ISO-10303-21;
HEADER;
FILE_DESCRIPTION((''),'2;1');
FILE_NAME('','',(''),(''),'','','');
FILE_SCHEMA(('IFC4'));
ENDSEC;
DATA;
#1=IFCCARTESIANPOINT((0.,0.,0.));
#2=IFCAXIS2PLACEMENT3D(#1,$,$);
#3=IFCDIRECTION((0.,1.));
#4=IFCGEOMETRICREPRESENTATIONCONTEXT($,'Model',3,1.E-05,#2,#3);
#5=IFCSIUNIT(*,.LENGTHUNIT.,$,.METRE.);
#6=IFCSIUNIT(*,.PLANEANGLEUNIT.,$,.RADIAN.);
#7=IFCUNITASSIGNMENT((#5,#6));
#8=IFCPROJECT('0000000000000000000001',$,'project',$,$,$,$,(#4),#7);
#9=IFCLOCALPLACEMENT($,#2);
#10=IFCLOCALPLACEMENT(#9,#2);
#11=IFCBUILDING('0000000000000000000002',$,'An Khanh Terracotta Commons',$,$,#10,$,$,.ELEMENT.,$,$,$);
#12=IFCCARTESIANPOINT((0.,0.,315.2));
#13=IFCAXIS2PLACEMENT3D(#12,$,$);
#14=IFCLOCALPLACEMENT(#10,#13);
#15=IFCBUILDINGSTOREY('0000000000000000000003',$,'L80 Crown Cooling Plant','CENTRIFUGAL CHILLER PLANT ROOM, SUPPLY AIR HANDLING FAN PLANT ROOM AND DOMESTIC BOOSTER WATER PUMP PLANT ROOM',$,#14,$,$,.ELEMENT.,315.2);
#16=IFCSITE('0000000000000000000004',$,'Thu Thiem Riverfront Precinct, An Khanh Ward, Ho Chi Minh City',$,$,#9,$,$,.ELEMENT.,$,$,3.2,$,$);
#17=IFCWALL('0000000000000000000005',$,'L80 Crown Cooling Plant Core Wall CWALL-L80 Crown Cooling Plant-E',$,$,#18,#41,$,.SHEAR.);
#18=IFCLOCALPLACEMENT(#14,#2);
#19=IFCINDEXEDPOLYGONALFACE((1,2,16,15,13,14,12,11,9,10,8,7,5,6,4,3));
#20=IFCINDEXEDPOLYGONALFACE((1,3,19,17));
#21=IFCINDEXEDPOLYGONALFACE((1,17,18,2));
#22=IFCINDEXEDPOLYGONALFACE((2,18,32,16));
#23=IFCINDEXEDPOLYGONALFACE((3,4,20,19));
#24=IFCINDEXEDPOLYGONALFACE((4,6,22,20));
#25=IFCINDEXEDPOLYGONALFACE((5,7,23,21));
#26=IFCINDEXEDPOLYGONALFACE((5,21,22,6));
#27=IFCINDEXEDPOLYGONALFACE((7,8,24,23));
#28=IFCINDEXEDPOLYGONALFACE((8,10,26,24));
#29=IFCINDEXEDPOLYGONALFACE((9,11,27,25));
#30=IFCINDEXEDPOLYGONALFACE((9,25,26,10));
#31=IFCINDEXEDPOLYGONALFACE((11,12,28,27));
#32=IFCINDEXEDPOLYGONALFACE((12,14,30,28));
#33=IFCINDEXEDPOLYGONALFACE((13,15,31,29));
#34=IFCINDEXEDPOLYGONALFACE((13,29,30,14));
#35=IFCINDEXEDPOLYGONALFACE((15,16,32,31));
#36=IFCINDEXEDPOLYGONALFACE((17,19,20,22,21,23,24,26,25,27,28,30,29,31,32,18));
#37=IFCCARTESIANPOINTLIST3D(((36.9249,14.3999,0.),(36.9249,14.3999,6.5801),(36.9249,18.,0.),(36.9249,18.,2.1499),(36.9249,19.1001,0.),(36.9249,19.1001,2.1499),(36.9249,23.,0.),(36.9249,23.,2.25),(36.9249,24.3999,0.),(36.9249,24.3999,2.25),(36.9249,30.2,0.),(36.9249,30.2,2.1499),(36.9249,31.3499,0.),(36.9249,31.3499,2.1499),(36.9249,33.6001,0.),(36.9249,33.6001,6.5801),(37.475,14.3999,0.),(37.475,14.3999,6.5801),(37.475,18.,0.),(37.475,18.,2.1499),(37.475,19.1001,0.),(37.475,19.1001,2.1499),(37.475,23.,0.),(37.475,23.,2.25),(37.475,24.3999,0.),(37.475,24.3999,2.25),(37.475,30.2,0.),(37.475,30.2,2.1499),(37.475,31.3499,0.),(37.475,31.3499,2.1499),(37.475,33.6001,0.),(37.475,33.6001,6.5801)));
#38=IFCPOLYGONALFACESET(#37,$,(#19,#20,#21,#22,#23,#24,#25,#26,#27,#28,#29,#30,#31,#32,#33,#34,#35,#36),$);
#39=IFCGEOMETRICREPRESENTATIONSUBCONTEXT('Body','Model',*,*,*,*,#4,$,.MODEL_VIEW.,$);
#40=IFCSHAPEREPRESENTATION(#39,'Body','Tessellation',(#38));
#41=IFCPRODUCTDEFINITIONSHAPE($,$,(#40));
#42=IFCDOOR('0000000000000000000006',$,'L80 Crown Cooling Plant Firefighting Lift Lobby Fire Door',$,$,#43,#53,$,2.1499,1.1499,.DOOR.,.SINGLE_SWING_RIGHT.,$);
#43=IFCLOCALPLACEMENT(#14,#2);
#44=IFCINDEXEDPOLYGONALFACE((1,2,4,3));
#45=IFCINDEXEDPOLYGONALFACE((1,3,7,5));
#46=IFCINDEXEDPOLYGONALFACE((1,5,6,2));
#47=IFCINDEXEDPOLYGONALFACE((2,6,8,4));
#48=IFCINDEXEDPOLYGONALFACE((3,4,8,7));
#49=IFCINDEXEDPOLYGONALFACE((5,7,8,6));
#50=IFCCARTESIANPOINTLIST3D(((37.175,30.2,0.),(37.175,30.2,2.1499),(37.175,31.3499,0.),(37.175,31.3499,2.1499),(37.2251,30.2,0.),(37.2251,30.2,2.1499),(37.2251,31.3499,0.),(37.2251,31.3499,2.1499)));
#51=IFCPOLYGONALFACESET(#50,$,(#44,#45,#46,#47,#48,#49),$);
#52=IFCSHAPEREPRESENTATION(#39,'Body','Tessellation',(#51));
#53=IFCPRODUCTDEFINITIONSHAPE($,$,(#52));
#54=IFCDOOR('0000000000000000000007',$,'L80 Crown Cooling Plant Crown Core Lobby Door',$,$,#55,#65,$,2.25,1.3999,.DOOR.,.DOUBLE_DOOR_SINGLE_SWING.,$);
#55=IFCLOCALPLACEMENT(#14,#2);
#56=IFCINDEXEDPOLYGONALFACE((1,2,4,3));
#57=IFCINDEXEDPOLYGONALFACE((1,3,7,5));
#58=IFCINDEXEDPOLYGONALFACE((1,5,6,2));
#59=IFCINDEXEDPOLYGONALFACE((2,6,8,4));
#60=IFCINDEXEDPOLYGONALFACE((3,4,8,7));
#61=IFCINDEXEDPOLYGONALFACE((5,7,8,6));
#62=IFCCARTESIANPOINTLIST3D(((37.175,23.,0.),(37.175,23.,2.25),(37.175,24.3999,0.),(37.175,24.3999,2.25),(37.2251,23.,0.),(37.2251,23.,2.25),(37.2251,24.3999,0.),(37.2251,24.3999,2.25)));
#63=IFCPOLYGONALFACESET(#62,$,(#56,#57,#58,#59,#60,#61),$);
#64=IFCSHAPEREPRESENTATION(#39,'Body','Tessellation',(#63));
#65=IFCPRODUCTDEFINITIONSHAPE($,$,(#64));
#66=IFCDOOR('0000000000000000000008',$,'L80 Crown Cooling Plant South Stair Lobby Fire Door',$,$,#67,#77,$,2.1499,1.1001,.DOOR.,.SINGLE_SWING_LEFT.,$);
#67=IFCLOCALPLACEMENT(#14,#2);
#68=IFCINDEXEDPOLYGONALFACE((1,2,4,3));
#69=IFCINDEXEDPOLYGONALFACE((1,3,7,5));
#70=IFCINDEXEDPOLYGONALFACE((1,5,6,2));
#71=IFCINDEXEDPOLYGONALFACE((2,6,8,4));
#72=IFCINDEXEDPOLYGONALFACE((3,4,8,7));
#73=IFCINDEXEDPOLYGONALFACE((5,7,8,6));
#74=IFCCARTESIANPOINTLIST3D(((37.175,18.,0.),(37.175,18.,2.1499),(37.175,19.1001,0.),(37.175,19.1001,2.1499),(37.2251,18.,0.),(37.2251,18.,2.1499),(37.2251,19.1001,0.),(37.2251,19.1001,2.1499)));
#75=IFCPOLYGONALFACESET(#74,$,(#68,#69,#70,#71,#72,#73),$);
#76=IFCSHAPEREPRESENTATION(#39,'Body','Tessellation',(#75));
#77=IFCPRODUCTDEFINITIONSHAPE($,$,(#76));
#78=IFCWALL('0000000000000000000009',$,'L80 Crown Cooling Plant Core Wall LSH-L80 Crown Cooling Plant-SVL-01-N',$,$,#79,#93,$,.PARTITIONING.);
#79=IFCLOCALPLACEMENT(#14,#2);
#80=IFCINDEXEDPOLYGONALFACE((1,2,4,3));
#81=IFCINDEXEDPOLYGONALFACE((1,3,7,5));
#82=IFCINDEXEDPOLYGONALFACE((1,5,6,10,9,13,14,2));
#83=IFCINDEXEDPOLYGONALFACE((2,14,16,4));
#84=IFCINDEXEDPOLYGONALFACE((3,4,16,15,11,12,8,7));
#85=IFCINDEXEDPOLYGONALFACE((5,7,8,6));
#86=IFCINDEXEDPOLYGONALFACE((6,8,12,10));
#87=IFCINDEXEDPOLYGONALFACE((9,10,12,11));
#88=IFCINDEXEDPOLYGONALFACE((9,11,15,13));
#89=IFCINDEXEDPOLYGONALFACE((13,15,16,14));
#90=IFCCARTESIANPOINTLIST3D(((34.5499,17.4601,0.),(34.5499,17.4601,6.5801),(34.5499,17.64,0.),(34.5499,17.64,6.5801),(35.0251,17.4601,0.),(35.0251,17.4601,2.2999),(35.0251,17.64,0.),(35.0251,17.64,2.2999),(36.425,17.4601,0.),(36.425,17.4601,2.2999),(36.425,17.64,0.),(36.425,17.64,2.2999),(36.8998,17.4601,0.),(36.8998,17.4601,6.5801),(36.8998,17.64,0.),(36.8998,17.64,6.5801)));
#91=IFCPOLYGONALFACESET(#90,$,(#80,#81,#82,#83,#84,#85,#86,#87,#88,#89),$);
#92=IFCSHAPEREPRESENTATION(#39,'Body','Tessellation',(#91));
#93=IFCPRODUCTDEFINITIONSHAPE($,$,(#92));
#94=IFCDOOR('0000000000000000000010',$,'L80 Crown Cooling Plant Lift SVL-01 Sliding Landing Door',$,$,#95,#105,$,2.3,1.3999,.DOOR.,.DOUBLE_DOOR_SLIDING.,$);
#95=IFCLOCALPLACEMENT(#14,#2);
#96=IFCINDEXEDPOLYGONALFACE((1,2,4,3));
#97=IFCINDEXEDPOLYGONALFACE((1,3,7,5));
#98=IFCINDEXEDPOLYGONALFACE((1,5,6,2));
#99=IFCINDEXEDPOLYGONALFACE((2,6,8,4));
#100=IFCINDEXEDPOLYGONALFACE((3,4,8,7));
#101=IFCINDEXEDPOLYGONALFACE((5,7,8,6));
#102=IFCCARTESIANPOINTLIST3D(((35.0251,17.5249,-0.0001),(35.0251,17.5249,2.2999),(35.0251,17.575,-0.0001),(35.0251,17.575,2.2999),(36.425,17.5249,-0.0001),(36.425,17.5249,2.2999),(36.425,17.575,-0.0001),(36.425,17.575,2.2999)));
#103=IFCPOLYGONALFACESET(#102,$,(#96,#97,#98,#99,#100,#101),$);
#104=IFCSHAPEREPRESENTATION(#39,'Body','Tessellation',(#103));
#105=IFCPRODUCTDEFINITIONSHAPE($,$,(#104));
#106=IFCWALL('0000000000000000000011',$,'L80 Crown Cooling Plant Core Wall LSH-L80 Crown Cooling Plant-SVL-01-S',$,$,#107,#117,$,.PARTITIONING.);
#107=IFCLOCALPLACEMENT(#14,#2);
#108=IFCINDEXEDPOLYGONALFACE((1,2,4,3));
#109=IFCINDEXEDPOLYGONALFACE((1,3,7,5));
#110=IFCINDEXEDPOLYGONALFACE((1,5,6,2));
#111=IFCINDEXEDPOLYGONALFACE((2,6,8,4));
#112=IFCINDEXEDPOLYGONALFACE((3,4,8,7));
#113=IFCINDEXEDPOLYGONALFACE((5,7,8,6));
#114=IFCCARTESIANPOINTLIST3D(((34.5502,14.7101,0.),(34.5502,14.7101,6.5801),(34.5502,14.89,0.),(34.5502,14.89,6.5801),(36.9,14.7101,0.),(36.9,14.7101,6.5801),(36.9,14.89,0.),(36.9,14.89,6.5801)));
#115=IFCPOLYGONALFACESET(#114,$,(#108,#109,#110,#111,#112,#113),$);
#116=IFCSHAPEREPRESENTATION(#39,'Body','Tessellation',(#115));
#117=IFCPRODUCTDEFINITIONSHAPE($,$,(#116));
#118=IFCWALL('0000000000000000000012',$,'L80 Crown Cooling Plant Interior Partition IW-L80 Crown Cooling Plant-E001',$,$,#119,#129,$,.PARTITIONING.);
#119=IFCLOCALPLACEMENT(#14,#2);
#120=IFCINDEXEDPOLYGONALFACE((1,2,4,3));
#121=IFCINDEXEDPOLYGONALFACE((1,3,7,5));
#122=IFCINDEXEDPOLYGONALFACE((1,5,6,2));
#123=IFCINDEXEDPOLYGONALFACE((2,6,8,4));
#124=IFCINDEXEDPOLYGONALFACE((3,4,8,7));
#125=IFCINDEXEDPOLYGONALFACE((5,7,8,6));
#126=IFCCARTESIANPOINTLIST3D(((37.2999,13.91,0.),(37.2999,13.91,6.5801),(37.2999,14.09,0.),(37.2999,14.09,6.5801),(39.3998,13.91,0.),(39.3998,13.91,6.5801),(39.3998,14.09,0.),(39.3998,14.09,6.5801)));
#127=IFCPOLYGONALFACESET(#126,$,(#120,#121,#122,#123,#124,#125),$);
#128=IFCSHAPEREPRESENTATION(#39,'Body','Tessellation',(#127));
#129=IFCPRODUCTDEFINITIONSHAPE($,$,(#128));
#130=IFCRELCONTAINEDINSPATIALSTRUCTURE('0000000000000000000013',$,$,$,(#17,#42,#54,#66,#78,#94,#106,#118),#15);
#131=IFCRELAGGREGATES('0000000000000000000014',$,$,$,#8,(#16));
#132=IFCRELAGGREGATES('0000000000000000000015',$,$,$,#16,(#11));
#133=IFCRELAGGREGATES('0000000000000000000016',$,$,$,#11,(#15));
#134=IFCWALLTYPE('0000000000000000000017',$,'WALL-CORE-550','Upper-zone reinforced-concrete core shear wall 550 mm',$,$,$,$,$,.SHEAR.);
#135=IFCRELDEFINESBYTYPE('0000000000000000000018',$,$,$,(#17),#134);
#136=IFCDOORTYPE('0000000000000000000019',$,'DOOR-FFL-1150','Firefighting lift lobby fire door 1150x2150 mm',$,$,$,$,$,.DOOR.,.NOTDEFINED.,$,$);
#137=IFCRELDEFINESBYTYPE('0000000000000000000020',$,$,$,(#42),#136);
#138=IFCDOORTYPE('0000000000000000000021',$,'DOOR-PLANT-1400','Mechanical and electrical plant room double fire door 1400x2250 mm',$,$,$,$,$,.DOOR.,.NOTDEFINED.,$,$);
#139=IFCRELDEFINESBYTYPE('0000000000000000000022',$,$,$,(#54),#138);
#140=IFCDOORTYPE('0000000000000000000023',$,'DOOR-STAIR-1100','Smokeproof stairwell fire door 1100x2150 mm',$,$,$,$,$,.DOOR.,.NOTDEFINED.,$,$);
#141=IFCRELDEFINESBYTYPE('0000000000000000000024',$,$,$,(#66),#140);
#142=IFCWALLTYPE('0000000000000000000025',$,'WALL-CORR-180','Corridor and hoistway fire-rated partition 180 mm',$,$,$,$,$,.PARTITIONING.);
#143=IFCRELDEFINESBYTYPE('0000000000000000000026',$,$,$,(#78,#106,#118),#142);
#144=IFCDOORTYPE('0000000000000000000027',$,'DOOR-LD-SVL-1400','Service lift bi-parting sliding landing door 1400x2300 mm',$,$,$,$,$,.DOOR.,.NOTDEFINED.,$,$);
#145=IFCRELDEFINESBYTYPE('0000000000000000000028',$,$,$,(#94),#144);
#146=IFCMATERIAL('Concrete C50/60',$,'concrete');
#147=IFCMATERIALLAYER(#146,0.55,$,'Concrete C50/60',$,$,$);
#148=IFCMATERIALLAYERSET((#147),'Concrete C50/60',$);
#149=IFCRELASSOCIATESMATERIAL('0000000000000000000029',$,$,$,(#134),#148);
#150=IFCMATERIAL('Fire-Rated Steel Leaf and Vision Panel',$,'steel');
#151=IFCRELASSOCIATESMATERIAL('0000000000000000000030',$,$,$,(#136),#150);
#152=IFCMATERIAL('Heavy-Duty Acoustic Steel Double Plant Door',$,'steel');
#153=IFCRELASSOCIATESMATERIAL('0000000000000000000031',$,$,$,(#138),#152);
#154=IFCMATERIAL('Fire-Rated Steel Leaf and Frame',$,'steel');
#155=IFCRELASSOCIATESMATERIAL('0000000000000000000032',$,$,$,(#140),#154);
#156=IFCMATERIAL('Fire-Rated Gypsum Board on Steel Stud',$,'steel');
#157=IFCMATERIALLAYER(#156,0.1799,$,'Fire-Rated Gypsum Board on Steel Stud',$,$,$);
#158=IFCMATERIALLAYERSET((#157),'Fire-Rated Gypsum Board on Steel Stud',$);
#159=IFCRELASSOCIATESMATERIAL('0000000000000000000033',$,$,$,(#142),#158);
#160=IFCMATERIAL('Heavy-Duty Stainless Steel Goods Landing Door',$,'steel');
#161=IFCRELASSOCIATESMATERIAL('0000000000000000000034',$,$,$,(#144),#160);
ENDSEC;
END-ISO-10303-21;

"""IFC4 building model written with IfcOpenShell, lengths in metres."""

from ifc_helpers import new_model, si_unit, direction, frame, frame_2d, origin, place, context, subcontext, project, spatial, rectangle, extrude, material, layer, layer_set, type_object, element, fill, save


model = new_model("IFC4")

# Units and contexts
model_context = context("Model", 3, precision=1e-05, world=origin(), true_north=direction((0.0, 1.0)))
body_context = subcontext(model_context, "Body", "Model", "MODEL_VIEW")
ifc_project = project(units=[si_unit("LENGTHUNIT", "METRE"), si_unit("PLANEANGLEUNIT", "RADIAN")], contexts=[model_context])

# Site, building, storey
site_placement = place(None, origin())
site = spatial("IfcSite", under=ifc_project, at=site_placement, Name="Thu Thiem Riverfront Precinct, An Khanh Ward, Ho Chi Minh City", CompositionType="ELEMENT", RefElevation=3.2)
building_placement = place(site_placement, origin())
building = spatial("IfcBuilding", under=site, at=building_placement, Name="An Khanh Terracotta Commons", CompositionType="ELEMENT")
storey_placement = place(building_placement, frame((0.0, 0.0, 315.2)))
storey = spatial("IfcBuildingStorey", under=building, at=storey_placement, Name="L80 Crown Cooling Plant", Description="CENTRIFUGAL CHILLER PLANT ROOM, SUPPLY AIR HANDLING FAN PLANT ROOM AND DOMESTIC BOOSTER WATER PUMP PLANT ROOM", CompositionType="ELEMENT", Elevation=315.2)

# Shared definitions
ifc_material_1 = material(Name="Concrete C50/60", Category="concrete")

# Shared definitions
ifc_layer_1 = layer(ifc_material_1, 0.55, Name="Concrete C50/60")
ifc_layer_set_1 = layer_set([ifc_layer_1], Name="Concrete C50/60")
wall_type_1 = type_object("IfcWallType", Name="WALL-CORE-550", Description="Upper-zone reinforced-concrete core shear wall 550 mm", PredefinedType="SHEAR", material=ifc_layer_set_1)

# Wall, openings, doors
wall_1_placement = place(storey_placement, frame((37.2, 14.3999, 0.0), z_axis=(0.0, 0.0, 1.0), x_axis=(0.0, 1.0, 0.0)))
wall_1 = element("IfcWall", 1, at=wall_1_placement, inside=storey, type_object=wall_type_1, Name="L80 Crown Cooling Plant Core Wall CWALL-L80 Crown Cooling Plant-E", PredefinedType="SHEAR", context=body_context, shape_type="SweptSolid", body=[
    extrude(rectangle(XDim=19.2002, YDim=0.55, at=frame_2d((9.6001, 0.0))), origin(), (0.0, 0.0, 1.0), 6.5801),
])
opening_1_placement = place(wall_1_placement, frame((15.8, 0.0, 0.0)))
opening_1 = element("IfcOpeningElement", 2, at=opening_1_placement, cuts=wall_1, PredefinedType="OPENING", context=body_context, shape_type="SweptSolid", body=[
    extrude(rectangle(XDim=1.1499, YDim=2.1499, at=frame_2d((0.575, 1.075))), frame((0.0, 0.2849, 0.0), z_axis=(0.0, -1.0, 0.0), x_axis=(1.0, 0.0, 0.0)), (0.0, 0.0, 1.0), 0.5701),
])
opening_2_placement = place(wall_1_placement, frame((3.6001, 0.0, 0.0)))
opening_2 = element("IfcOpeningElement", 3, at=opening_2_placement, cuts=wall_1, PredefinedType="OPENING", context=body_context, shape_type="SweptSolid", body=[
    extrude(rectangle(XDim=1.1001, YDim=2.1499, at=frame_2d((0.55, 1.075))), frame((0.0, 0.2849, 0.0), z_axis=(0.0, -1.0, 0.0), x_axis=(1.0, 0.0, 0.0)), (0.0, 0.0, 1.0), 0.5701),
])
opening_3_placement = place(wall_1_placement, frame((8.6001, 0.0, 0.0)))
opening_3 = element("IfcOpeningElement", 4, at=opening_3_placement, cuts=wall_1, PredefinedType="OPENING", context=body_context, shape_type="SweptSolid", body=[
    extrude(rectangle(XDim=1.3999, YDim=2.25, at=frame_2d((0.7, 1.125))), frame((0.0, 0.2849, 0.0), z_axis=(0.0, -1.0, 0.0), x_axis=(1.0, 0.0, 0.0)), (0.0, 0.0, 1.0), 0.5701),
])
ifc_material_2 = material(Name="Fire-Rated Steel Leaf and Vision Panel", Category="steel")
door_type_1 = type_object("IfcDoorType", Name="DOOR-FFL-1150", Description="Firefighting lift lobby fire door 1150x2150 mm", OperationType="NOTDEFINED", PredefinedType="DOOR", material=ifc_material_2)
door_1_placement = place(opening_1_placement, origin())
door_1 = element("IfcDoor", 5, at=door_1_placement, inside=storey, type_object=door_type_1, Name="L80 Crown Cooling Plant Firefighting Lift Lobby Fire Door", OperationType="SINGLE_SWING_RIGHT", OverallHeight=2.1499, OverallWidth=1.1499, PredefinedType="DOOR", context=body_context, shape_type="SweptSolid", body=[
    extrude(rectangle(XDim=1.1499, YDim=2.1499, at=frame_2d((0.575, 1.075))), frame((0.0, 0.0249, 0.0), z_axis=(0.0, -1.0, 0.0), x_axis=(1.0, 0.0, 0.0)), (0.0, 0.0, 1.0), 0.05),
])
fill(opening_1, door_1)
ifc_material_3 = material(Name="Heavy-Duty Acoustic Steel Double Plant Door", Category="steel")
door_type_2 = type_object("IfcDoorType", Name="DOOR-PLANT-1400", Description="Mechanical and electrical plant room double fire door 1400x2250 mm", OperationType="NOTDEFINED", PredefinedType="DOOR", material=ifc_material_3)
door_2_placement = place(opening_3_placement, origin())
door_2 = element("IfcDoor", 6, at=door_2_placement, inside=storey, type_object=door_type_2, Name="L80 Crown Cooling Plant Crown Core Lobby Door", OperationType="DOUBLE_DOOR_SINGLE_SWING", OverallHeight=2.25, OverallWidth=1.3999, PredefinedType="DOOR", context=body_context, shape_type="SweptSolid", body=[
    extrude(rectangle(XDim=1.3999, YDim=2.25, at=frame_2d((0.7, 1.125))), frame((0.0, 0.0249, 0.0), z_axis=(0.0, -1.0, 0.0), x_axis=(1.0, 0.0, 0.0)), (0.0, 0.0, 1.0), 0.05),
])
fill(opening_3, door_2)
ifc_material_4 = material(Name="Fire-Rated Steel Leaf and Frame", Category="steel")
door_type_3 = type_object("IfcDoorType", Name="DOOR-STAIR-1100", Description="Smokeproof stairwell fire door 1100x2150 mm", OperationType="NOTDEFINED", PredefinedType="DOOR", material=ifc_material_4)
door_3_placement = place(opening_2_placement, origin())
door_3 = element("IfcDoor", 7, at=door_3_placement, inside=storey, type_object=door_type_3, Name="L80 Crown Cooling Plant South Stair Lobby Fire Door", OperationType="SINGLE_SWING_LEFT", OverallHeight=2.1499, OverallWidth=1.1001, PredefinedType="DOOR", context=body_context, shape_type="SweptSolid", body=[
    extrude(rectangle(XDim=1.1001, YDim=2.1499, at=frame_2d((0.55, 1.075))), frame((0.0, 0.0249, 0.0), z_axis=(0.0, -1.0, 0.0), x_axis=(1.0, 0.0, 0.0)), (0.0, 0.0, 1.0), 0.05),
])
fill(opening_2, door_3)

# Wall, opening, door
ifc_material_5 = material(Name="Fire-Rated Gypsum Board on Steel Stud", Category="steel")
ifc_layer_2 = layer(ifc_material_5, 0.1799, Name="Fire-Rated Gypsum Board on Steel Stud")
ifc_layer_set_2 = layer_set([ifc_layer_2], Name="Fire-Rated Gypsum Board on Steel Stud")
wall_type_2 = type_object("IfcWallType", Name="WALL-CORR-180", Description="Corridor and hoistway fire-rated partition 180 mm", PredefinedType="PARTITIONING", material=ifc_layer_set_2)
wall_2_placement = place(storey_placement, frame((34.55, 17.55, 0.0), z_axis=(0.0, 0.0, 1.0), x_axis=(1.0, 0.0, 0.0)))
wall_2 = element("IfcWall", 8, at=wall_2_placement, inside=storey, type_object=wall_type_2, Name="L80 Crown Cooling Plant Core Wall LSH-L80 Crown Cooling Plant-SVL-01-N", PredefinedType="PARTITIONING", context=body_context, shape_type="SweptSolid", body=[
    extrude(rectangle(XDim=2.3499, YDim=0.1799, at=frame_2d((1.1748, 0.0))), origin(), (0.0, 0.0, 1.0), 6.5801),
])
opening_4_placement = place(wall_2_placement, frame((0.4751, 0.0, 0.0)))
opening_4 = element("IfcOpeningElement", 9, at=opening_4_placement, cuts=wall_2, PredefinedType="OPENING", context=body_context, shape_type="SweptSolid", body=[
    extrude(rectangle(XDim=1.3999, YDim=2.3, at=frame_2d((0.7, 1.1499))), frame((0.0, 0.0999, 0.0), z_axis=(0.0, -1.0, 0.0), x_axis=(1.0, 0.0, 0.0)), (0.0, 0.0, 1.0), 0.2),
])
ifc_material_6 = material(Name="Heavy-Duty Stainless Steel Goods Landing Door", Category="steel")
door_type_4 = type_object("IfcDoorType", Name="DOOR-LD-SVL-1400", Description="Service lift bi-parting sliding landing door 1400x2300 mm", OperationType="NOTDEFINED", PredefinedType="DOOR", material=ifc_material_6)
door_4_placement = place(opening_4_placement, origin())
door_4 = element("IfcDoor", 10, at=door_4_placement, inside=storey, type_object=door_type_4, Name="L80 Crown Cooling Plant Lift SVL-01 Sliding Landing Door", OperationType="DOUBLE_DOOR_SLIDING", OverallHeight=2.3, OverallWidth=1.3999, PredefinedType="DOOR", context=body_context, shape_type="SweptSolid", body=[
    extrude(rectangle(XDim=1.3999, YDim=2.3, at=frame_2d((0.7, 1.1499))), frame((0.0, 0.0249, 0.0), z_axis=(0.0, -1.0, 0.0), x_axis=(1.0, 0.0, 0.0)), (0.0, 0.0, 1.0), 0.05),
])
fill(opening_4, door_4)

# Walls
wall_3_placement = place(storey_placement, frame((36.8999, 14.8, 0.0), z_axis=(0.0, 0.0, 1.0), x_axis=(-1.0, 0.0, 0.0)))
element("IfcWall", 11, at=wall_3_placement, inside=storey, type_object=wall_type_2, Name="L80 Crown Cooling Plant Core Wall LSH-L80 Crown Cooling Plant-SVL-01-S", PredefinedType="PARTITIONING", context=body_context, shape_type="SweptSolid", body=[
    extrude(rectangle(XDim=2.3499, YDim=0.1799, at=frame_2d((1.1748, 0.0))), origin(), (0.0, 0.0, 1.0), 6.5801),
])
wall_4_placement = place(storey_placement, frame((37.3, 14.0, 0.0), z_axis=(0.0, 0.0, 1.0), x_axis=(1.0, 0.0, 0.0)))
element("IfcWall", 12, at=wall_4_placement, inside=storey, type_object=wall_type_2, Name="L80 Crown Cooling Plant Interior Partition IW-L80 Crown Cooling Plant-E001", PredefinedType="PARTITIONING", context=body_context, shape_type="SweptSolid", body=[
    extrude(rectangle(XDim=2.0999, YDim=0.1799, at=frame_2d((1.0498, 0.0))), origin(), (0.0, 0.0, 1.0), 6.5801),
])

save(model, "model.ifc")
